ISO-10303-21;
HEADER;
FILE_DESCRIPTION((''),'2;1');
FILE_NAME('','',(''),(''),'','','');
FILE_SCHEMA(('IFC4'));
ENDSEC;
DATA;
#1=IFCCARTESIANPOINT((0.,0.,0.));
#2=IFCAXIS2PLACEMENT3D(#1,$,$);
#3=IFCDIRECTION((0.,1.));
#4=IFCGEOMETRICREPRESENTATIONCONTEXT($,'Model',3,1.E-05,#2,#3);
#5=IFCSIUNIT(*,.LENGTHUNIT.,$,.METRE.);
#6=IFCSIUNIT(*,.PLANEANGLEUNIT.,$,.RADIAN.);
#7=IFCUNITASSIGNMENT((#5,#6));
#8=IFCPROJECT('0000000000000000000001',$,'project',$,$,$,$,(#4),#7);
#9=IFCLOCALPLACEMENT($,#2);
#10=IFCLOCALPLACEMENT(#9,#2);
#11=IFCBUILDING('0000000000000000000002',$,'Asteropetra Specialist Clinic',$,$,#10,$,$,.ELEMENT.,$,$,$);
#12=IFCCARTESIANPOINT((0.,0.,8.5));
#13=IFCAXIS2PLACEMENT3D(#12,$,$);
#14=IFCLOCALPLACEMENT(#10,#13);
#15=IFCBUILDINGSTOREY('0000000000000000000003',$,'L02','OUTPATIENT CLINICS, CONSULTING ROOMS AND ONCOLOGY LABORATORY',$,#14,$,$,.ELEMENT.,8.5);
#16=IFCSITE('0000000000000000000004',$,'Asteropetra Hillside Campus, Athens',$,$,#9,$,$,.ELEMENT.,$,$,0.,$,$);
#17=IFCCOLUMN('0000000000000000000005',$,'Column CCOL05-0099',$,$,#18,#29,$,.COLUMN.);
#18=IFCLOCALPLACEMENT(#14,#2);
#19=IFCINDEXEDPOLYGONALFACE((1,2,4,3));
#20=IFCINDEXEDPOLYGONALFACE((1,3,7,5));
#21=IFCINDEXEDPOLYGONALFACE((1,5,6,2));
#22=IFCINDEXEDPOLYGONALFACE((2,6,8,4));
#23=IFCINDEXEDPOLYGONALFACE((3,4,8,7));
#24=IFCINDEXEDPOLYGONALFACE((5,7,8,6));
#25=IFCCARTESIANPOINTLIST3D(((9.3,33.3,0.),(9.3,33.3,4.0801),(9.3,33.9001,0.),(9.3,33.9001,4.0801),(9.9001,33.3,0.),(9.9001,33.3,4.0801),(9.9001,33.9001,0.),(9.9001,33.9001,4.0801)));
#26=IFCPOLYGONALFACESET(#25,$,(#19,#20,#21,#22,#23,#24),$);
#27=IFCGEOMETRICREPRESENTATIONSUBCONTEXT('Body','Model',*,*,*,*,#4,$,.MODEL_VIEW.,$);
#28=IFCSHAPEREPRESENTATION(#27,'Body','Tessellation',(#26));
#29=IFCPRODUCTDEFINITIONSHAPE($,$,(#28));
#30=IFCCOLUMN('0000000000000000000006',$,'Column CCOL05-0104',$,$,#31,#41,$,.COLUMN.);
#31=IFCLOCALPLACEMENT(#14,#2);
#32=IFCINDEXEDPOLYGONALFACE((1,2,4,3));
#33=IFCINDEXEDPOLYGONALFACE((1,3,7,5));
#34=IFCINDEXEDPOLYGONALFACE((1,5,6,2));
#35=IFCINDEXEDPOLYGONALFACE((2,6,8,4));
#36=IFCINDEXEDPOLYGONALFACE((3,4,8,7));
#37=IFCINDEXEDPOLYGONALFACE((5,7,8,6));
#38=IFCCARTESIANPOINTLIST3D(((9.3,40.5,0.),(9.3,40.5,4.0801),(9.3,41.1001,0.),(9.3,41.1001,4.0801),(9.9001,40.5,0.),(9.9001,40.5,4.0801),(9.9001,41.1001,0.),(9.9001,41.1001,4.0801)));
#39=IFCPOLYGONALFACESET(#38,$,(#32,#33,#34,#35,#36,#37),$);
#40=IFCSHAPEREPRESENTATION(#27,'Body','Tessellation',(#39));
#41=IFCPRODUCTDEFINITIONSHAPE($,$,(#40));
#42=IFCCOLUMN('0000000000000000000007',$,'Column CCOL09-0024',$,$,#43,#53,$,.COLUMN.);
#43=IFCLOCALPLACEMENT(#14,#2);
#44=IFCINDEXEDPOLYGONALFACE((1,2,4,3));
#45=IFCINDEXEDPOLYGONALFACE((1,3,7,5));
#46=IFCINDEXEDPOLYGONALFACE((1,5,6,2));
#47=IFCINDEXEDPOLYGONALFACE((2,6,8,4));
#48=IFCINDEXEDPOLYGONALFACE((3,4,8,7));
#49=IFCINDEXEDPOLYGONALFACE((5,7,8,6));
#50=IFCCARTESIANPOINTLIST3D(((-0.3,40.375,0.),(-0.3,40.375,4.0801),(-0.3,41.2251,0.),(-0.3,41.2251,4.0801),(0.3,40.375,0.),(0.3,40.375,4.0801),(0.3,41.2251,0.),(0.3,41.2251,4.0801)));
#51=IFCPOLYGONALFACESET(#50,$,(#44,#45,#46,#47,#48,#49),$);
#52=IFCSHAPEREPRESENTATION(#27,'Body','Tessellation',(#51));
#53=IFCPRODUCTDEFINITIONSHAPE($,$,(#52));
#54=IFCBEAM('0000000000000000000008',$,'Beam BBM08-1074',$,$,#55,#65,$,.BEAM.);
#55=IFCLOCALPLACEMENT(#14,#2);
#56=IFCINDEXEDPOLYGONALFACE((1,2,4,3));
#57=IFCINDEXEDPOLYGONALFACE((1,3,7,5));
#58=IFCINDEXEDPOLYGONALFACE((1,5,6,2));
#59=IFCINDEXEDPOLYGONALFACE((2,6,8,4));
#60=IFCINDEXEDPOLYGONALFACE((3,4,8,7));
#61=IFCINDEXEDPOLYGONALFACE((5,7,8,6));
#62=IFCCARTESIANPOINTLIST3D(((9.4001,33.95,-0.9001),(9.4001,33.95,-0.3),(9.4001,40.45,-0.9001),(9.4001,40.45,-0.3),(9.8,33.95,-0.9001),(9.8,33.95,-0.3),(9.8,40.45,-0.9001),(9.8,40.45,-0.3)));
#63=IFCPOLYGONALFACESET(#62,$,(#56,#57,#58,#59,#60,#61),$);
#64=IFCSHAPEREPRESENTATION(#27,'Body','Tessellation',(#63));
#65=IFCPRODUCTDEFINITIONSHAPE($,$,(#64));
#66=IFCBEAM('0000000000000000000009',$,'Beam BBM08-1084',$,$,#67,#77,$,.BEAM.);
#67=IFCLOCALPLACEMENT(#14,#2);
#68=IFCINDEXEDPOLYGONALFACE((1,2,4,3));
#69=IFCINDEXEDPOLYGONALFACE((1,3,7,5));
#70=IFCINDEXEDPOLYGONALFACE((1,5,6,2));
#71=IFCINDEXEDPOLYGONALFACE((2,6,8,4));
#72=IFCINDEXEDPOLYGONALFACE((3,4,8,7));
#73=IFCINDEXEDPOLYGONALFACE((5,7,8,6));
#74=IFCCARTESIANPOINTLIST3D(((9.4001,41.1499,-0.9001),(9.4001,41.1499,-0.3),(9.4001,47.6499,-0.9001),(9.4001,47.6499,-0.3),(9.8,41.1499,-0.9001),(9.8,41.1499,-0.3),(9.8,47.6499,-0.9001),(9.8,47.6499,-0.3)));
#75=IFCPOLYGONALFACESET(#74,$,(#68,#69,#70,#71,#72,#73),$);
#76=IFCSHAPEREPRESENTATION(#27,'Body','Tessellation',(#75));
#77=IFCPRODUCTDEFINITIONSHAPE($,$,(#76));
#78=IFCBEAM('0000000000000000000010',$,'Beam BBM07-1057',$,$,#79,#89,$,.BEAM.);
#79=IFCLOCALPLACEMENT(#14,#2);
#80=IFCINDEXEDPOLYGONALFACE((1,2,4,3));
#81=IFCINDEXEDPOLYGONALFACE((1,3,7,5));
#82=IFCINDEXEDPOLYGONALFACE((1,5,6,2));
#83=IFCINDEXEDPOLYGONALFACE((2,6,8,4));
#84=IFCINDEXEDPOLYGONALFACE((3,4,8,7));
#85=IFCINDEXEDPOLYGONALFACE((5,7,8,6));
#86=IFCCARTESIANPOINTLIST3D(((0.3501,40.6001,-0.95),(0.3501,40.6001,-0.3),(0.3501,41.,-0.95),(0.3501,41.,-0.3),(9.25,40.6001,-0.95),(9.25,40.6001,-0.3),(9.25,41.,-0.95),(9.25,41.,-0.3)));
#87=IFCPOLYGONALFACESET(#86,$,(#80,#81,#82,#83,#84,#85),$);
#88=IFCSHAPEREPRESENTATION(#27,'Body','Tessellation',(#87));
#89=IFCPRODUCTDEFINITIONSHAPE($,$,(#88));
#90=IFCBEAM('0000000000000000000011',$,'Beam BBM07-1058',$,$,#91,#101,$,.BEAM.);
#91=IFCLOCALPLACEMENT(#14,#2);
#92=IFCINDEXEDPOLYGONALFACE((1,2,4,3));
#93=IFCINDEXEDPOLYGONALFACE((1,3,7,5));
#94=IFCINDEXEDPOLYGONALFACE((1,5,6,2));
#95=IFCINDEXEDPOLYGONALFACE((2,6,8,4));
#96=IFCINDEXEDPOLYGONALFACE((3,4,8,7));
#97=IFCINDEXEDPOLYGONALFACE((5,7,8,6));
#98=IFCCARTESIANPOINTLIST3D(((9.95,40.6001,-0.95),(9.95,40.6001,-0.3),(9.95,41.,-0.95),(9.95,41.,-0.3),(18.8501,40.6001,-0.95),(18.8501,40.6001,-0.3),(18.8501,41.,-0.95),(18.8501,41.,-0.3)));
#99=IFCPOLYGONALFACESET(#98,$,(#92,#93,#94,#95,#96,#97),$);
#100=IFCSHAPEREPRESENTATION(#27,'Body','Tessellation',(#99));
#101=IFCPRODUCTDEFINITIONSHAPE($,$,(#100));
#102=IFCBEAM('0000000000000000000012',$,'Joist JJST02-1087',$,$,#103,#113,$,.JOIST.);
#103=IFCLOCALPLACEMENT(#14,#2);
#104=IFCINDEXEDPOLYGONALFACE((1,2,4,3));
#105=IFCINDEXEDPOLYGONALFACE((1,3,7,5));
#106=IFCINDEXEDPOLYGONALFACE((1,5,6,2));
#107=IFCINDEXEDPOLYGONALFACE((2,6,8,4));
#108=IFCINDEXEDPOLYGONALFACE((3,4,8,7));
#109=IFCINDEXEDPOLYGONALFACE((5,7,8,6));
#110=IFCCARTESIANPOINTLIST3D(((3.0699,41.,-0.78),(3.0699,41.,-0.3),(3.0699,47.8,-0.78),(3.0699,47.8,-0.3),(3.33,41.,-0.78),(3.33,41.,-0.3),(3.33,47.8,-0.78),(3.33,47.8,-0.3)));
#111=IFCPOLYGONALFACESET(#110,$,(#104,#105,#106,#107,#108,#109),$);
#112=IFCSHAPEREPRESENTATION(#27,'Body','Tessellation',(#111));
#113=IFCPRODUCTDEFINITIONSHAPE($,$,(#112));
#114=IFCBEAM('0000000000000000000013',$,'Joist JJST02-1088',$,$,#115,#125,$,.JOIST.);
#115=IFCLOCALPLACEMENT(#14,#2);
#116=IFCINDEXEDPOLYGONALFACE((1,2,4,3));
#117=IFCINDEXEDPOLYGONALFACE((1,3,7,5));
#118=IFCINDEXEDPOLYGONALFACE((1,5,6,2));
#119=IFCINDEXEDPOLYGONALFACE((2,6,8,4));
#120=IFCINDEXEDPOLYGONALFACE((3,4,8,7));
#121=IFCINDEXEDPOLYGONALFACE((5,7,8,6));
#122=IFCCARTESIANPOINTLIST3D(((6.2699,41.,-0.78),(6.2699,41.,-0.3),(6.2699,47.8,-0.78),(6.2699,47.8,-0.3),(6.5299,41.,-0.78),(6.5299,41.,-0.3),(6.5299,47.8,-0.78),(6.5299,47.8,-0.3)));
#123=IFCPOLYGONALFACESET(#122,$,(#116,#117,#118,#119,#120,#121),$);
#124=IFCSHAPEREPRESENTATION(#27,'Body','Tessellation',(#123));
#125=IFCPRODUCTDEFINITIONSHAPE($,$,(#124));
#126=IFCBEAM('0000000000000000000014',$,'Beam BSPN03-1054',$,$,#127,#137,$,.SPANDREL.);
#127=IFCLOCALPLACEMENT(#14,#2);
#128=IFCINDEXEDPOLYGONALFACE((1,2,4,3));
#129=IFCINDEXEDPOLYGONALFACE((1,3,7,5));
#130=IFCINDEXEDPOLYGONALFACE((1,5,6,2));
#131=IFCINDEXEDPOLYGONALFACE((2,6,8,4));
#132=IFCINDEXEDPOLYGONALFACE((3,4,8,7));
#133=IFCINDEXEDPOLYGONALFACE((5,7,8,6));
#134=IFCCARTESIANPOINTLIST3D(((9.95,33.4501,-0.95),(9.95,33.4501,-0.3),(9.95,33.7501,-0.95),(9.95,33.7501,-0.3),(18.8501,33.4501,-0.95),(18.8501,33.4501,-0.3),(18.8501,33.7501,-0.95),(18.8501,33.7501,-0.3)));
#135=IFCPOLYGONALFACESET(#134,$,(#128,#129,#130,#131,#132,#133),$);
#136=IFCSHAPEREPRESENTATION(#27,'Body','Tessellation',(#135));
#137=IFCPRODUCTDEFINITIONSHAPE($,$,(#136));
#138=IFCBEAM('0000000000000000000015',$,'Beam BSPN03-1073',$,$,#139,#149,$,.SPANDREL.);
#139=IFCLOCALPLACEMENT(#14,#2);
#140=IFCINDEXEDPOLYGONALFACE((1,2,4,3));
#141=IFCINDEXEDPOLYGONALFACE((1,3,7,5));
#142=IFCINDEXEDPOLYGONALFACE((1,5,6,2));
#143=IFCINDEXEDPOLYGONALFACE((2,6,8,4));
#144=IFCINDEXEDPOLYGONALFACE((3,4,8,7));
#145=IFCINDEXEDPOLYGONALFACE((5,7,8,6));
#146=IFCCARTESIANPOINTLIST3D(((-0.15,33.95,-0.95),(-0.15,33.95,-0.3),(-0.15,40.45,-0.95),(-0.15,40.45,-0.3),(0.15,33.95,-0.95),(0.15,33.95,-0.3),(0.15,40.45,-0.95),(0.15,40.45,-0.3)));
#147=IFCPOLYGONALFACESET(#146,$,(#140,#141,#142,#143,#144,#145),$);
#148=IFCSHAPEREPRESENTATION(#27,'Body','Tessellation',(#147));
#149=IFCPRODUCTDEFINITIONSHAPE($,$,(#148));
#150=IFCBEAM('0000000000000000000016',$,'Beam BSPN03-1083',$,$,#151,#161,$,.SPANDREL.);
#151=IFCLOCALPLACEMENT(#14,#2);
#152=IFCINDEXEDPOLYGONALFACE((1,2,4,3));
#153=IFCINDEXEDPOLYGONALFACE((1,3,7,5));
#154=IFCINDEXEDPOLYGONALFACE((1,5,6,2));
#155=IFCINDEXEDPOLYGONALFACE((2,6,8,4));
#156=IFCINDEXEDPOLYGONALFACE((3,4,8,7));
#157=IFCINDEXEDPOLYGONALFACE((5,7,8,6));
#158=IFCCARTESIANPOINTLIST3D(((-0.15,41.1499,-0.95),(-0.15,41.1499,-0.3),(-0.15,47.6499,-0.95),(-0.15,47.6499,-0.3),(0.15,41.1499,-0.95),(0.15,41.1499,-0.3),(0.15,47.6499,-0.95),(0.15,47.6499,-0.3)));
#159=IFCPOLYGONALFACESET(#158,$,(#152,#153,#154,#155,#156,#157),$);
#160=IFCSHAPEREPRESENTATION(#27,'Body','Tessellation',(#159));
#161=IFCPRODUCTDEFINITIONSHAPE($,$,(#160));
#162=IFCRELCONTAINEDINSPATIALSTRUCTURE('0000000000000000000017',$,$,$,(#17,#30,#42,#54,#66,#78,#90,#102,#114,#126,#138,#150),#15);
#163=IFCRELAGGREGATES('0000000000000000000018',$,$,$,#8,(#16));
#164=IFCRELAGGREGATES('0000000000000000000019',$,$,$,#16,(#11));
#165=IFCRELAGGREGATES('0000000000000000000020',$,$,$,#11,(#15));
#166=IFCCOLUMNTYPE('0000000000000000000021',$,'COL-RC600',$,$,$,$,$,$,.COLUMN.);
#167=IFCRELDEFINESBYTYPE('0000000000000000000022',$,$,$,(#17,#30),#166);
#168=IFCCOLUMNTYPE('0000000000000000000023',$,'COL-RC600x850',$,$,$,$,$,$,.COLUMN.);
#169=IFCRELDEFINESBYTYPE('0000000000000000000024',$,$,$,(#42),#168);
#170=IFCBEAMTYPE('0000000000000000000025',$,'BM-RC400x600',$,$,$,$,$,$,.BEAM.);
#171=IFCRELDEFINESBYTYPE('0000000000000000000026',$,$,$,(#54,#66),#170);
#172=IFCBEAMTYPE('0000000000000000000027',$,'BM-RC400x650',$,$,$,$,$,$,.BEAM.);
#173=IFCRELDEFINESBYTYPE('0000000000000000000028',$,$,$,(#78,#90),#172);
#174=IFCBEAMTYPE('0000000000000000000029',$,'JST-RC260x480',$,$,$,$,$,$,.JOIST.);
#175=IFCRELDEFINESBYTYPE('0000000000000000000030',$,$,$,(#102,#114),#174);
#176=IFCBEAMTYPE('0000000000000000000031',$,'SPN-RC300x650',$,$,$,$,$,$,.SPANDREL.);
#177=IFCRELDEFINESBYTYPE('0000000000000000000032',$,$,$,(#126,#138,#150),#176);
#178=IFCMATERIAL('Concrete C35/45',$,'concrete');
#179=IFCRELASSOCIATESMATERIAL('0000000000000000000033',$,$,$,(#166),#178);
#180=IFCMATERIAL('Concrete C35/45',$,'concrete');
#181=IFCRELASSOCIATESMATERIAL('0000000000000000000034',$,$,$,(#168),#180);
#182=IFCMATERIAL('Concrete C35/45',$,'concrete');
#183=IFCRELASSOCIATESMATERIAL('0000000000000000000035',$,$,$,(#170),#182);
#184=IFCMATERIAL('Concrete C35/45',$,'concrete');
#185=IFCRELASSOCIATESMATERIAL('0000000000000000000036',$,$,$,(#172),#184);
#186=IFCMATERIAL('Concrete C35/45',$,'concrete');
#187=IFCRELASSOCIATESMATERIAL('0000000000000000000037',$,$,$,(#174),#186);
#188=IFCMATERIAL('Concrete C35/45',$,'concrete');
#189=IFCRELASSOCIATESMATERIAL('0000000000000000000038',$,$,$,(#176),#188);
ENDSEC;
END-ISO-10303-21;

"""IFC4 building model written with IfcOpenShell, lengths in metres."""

from ifc_helpers import new_model, si_unit, direction, frame, origin, origin_2d, place, context, subcontext, project, spatial, rectangle, extrude, material, material_profile, profile_set, type_object, element, save


model = new_model("IFC4")

# Units and contexts
model_context = context("Model", 3, precision=1e-05, world=origin(), true_north=direction((0.0, 1.0)))
body_context = subcontext(model_context, "Body", "Model", "MODEL_VIEW")
ifc_project = project(units=[si_unit("LENGTHUNIT", "METRE"), si_unit("PLANEANGLEUNIT", "RADIAN")], contexts=[model_context])

# Site, building, storey
site_placement = place(None, origin())
site = spatial("IfcSite", under=ifc_project, at=site_placement, Name="Asteropetra Hillside Campus, Athens", CompositionType="ELEMENT", RefElevation=0.0)
building_placement = place(site_placement, origin())
building = spatial("IfcBuilding", under=site, at=building_placement, Name="Asteropetra Specialist Clinic", CompositionType="ELEMENT")
storey_placement = place(building_placement, frame((0.0, 0.0, 8.5)))
storey = spatial("IfcBuildingStorey", under=building, at=storey_placement, Name="L02", Description="OUTPATIENT CLINICS, CONSULTING ROOMS AND ONCOLOGY LABORATORY", CompositionType="ELEMENT", Elevation=8.5)

# Columns
ifc_material_1 = material(Name="Concrete C35/45", Category="concrete")
ifc_material_profile_1 = material_profile(ifc_material_1, rectangle(XDim=0.6001, YDim=0.6001, at=origin_2d()), Name="RC 600x600")
ifc_profile_set_1 = profile_set([ifc_material_profile_1], Name="Concrete C35/45")
column_type_1 = type_object("IfcColumnType", Name="COL-RC600", PredefinedType="COLUMN", material=ifc_profile_set_1)
for number, where, z_axis, x_axis, name in (
    (1, (9.6001, 33.6001, 0.0), (0.0, 0.0, 1.0), (1.0, 0.0, 0.0), "Column CCOL05-0099"),
    (2, (9.6001, 40.8, 0.0), (0.0, 0.0, 1.0), (1.0, 0.0, 0.0), "Column CCOL05-0104"),
):
    element("IfcColumn", number, at=place(storey_placement, frame(where, z_axis=z_axis, x_axis=x_axis)), inside=storey, type_object=column_type_1, Name=name, PredefinedType="COLUMN", context=body_context, shape_type="SweptSolid", body=[
        extrude(rectangle(XDim=0.6001, YDim=0.6001, at=origin_2d()), origin(), (0.0, 0.0, 1.0), 4.0801),
    ])
ifc_material_2 = material(Name="Concrete C35/45", Category="concrete")
ifc_material_profile_2 = material_profile(ifc_material_2, rectangle(XDim=0.6001, YDim=0.8501, at=origin_2d()), Name="RC 600x850")
ifc_profile_set_2 = profile_set([ifc_material_profile_2], Name="Concrete C35/45")
column_type_2 = type_object("IfcColumnType", Name="COL-RC600x850", PredefinedType="COLUMN", material=ifc_profile_set_2)
column_placement = place(storey_placement, frame((0.0, 40.8, 0.0), z_axis=(0.0, 0.0, 1.0), x_axis=(1.0, 0.0, 0.0)))
element("IfcColumn", 3, at=column_placement, inside=storey, type_object=column_type_2, Name="Column CCOL09-0024", PredefinedType="COLUMN", context=body_context, shape_type="SweptSolid", body=[
    extrude(rectangle(XDim=0.6001, YDim=0.8501, at=origin_2d()), origin(), (0.0, 0.0, 1.0), 4.0801),
])

# Beams
ifc_material_3 = material(Name="Concrete C35/45", Category="concrete")
ifc_material_profile_3 = material_profile(ifc_material_3, rectangle(XDim=0.3999, YDim=0.6001, at=origin_2d()), Name="RCB 400x600")
ifc_profile_set_3 = profile_set([ifc_material_profile_3], Name="Concrete C35/45")
beam_type_1 = type_object("IfcBeamType", Name="BM-RC400x600", PredefinedType="BEAM", material=ifc_profile_set_3)
for number, where, z_axis, x_axis, name in (
    (4, (9.6001, 33.95, -0.6001), (0.0, 1.0, 0.0), (-1.0, 0.0, 0.0), "Beam BBM08-1074"),
    (5, (9.6001, 41.1499, -0.6001), (0.0, 1.0, 0.0), (-1.0, 0.0, 0.0), "Beam BBM08-1084"),
):
    element("IfcBeam", number, at=place(storey_placement, frame(where, z_axis=z_axis, x_axis=x_axis)), inside=storey, type_object=beam_type_1, Name=name, PredefinedType="BEAM", context=body_context, shape_type="SweptSolid", body=[
        extrude(rectangle(XDim=0.3999, YDim=0.6001, at=origin_2d()), origin(), (0.0, 0.0, 1.0), 6.5),
    ])
ifc_material_4 = material(Name="Concrete C35/45", Category="concrete")
ifc_material_profile_4 = material_profile(ifc_material_4, rectangle(XDim=0.3999, YDim=0.6499, at=origin_2d()), Name="RCB 400x650")
ifc_profile_set_4 = profile_set([ifc_material_profile_4], Name="Concrete C35/45")
beam_type_2 = type_object("IfcBeamType", Name="BM-RC400x650", PredefinedType="BEAM", material=ifc_profile_set_4)
beam_1_placement = place(storey_placement, frame((0.3501, 40.8, -0.625), z_axis=(1.0, 0.0, 0.0), x_axis=(0.0, 1.0, 0.0)))
element("IfcBeam", 6, at=beam_1_placement, inside=storey, type_object=beam_type_2, Name="Beam BBM07-1057", PredefinedType="BEAM", context=body_context, shape_type="SweptSolid", body=[
    extrude(rectangle(XDim=0.3999, YDim=0.6499, at=origin_2d()), origin(), (0.0, 0.0, 1.0), 8.8999),
])
beam_2_placement = place(storey_placement, frame((9.95, 40.8, -0.625), z_axis=(1.0, 0.0, 0.0), x_axis=(0.0, 1.0, 0.0)))
element("IfcBeam", 7, at=beam_2_placement, inside=storey, type_object=beam_type_2, Name="Beam BBM07-1058", PredefinedType="BEAM", context=body_context, shape_type="SweptSolid", body=[
    extrude(rectangle(XDim=0.3999, YDim=0.6499, at=origin_2d()), origin(), (0.0, 0.0, 1.0), 8.9001),
])
ifc_material_5 = material(Name="Concrete C35/45", Category="concrete")
ifc_material_profile_5 = material_profile(ifc_material_5, rectangle(XDim=0.26, YDim=0.48, at=origin_2d()), Name="RCJ 260x480")
ifc_profile_set_5 = profile_set([ifc_material_profile_5], Name="Concrete C35/45")
beam_type_3 = type_object("IfcBeamType", Name="JST-RC260x480", PredefinedType="JOIST", material=ifc_profile_set_5)
for number, where, z_axis, x_axis, name in (
    (8, (3.2, 41.0, -0.54), (0.0, 1.0, 0.0), (-1.0, 0.0, 0.0), "Joist JJST02-1087"),
    (9, (6.3999, 41.0, -0.54), (0.0, 1.0, 0.0), (-1.0, 0.0, 0.0), "Joist JJST02-1088"),
):
    element("IfcBeam", number, at=place(storey_placement, frame(where, z_axis=z_axis, x_axis=x_axis)), inside=storey, type_object=beam_type_3, Name=name, PredefinedType="JOIST", context=body_context, shape_type="SweptSolid", body=[
        extrude(rectangle(XDim=0.26, YDim=0.48, at=origin_2d()), origin(), (0.0, 0.0, 1.0), 6.8),
    ])
ifc_material_6 = material(Name="Concrete C35/45", Category="concrete")
ifc_material_profile_6 = material_profile(ifc_material_6, rectangle(XDim=0.3, YDim=0.6499, at=origin_2d()), Name="RCS 300x650")
ifc_profile_set_6 = profile_set([ifc_material_profile_6], Name="Concrete C35/45")
beam_type_4 = type_object("IfcBeamType", Name="SPN-RC300x650", PredefinedType="SPANDREL", material=ifc_profile_set_6)
beam_3_placement = place(storey_placement, frame((9.95, 33.6001, -0.625), z_axis=(1.0, 0.0, 0.0), x_axis=(0.0, 1.0, 0.0)))
element("IfcBeam", 10, at=beam_3_placement, inside=storey, type_object=beam_type_4, Name="Beam BSPN03-1054", PredefinedType="SPANDREL", context=body_context, shape_type="SweptSolid", body=[
    extrude(rectangle(XDim=0.3, YDim=0.6499, at=origin_2d()), origin(), (0.0, 0.0, 1.0), 8.9001),
])
for number, where, z_axis, x_axis, name in (
    (11, (0.0, 33.95, -0.625), (0.0, 1.0, 0.0), (-1.0, 0.0, 0.0), "Beam BSPN03-1073"),
    (12, (0.0, 41.1499, -0.625), (0.0, 1.0, 0.0), (-1.0, 0.0, 0.0), "Beam BSPN03-1083"),
):
    element("IfcBeam", number, at=place(storey_placement, frame(where, z_axis=z_axis, x_axis=x_axis)), inside=storey, type_object=beam_type_4, Name=name, PredefinedType="SPANDREL", context=body_context, shape_type="SweptSolid", body=[
        extrude(rectangle(XDim=0.3, YDim=0.6499, at=origin_2d()), origin(), (0.0, 0.0, 1.0), 6.5),
    ])

save(model, "model.ifc")
